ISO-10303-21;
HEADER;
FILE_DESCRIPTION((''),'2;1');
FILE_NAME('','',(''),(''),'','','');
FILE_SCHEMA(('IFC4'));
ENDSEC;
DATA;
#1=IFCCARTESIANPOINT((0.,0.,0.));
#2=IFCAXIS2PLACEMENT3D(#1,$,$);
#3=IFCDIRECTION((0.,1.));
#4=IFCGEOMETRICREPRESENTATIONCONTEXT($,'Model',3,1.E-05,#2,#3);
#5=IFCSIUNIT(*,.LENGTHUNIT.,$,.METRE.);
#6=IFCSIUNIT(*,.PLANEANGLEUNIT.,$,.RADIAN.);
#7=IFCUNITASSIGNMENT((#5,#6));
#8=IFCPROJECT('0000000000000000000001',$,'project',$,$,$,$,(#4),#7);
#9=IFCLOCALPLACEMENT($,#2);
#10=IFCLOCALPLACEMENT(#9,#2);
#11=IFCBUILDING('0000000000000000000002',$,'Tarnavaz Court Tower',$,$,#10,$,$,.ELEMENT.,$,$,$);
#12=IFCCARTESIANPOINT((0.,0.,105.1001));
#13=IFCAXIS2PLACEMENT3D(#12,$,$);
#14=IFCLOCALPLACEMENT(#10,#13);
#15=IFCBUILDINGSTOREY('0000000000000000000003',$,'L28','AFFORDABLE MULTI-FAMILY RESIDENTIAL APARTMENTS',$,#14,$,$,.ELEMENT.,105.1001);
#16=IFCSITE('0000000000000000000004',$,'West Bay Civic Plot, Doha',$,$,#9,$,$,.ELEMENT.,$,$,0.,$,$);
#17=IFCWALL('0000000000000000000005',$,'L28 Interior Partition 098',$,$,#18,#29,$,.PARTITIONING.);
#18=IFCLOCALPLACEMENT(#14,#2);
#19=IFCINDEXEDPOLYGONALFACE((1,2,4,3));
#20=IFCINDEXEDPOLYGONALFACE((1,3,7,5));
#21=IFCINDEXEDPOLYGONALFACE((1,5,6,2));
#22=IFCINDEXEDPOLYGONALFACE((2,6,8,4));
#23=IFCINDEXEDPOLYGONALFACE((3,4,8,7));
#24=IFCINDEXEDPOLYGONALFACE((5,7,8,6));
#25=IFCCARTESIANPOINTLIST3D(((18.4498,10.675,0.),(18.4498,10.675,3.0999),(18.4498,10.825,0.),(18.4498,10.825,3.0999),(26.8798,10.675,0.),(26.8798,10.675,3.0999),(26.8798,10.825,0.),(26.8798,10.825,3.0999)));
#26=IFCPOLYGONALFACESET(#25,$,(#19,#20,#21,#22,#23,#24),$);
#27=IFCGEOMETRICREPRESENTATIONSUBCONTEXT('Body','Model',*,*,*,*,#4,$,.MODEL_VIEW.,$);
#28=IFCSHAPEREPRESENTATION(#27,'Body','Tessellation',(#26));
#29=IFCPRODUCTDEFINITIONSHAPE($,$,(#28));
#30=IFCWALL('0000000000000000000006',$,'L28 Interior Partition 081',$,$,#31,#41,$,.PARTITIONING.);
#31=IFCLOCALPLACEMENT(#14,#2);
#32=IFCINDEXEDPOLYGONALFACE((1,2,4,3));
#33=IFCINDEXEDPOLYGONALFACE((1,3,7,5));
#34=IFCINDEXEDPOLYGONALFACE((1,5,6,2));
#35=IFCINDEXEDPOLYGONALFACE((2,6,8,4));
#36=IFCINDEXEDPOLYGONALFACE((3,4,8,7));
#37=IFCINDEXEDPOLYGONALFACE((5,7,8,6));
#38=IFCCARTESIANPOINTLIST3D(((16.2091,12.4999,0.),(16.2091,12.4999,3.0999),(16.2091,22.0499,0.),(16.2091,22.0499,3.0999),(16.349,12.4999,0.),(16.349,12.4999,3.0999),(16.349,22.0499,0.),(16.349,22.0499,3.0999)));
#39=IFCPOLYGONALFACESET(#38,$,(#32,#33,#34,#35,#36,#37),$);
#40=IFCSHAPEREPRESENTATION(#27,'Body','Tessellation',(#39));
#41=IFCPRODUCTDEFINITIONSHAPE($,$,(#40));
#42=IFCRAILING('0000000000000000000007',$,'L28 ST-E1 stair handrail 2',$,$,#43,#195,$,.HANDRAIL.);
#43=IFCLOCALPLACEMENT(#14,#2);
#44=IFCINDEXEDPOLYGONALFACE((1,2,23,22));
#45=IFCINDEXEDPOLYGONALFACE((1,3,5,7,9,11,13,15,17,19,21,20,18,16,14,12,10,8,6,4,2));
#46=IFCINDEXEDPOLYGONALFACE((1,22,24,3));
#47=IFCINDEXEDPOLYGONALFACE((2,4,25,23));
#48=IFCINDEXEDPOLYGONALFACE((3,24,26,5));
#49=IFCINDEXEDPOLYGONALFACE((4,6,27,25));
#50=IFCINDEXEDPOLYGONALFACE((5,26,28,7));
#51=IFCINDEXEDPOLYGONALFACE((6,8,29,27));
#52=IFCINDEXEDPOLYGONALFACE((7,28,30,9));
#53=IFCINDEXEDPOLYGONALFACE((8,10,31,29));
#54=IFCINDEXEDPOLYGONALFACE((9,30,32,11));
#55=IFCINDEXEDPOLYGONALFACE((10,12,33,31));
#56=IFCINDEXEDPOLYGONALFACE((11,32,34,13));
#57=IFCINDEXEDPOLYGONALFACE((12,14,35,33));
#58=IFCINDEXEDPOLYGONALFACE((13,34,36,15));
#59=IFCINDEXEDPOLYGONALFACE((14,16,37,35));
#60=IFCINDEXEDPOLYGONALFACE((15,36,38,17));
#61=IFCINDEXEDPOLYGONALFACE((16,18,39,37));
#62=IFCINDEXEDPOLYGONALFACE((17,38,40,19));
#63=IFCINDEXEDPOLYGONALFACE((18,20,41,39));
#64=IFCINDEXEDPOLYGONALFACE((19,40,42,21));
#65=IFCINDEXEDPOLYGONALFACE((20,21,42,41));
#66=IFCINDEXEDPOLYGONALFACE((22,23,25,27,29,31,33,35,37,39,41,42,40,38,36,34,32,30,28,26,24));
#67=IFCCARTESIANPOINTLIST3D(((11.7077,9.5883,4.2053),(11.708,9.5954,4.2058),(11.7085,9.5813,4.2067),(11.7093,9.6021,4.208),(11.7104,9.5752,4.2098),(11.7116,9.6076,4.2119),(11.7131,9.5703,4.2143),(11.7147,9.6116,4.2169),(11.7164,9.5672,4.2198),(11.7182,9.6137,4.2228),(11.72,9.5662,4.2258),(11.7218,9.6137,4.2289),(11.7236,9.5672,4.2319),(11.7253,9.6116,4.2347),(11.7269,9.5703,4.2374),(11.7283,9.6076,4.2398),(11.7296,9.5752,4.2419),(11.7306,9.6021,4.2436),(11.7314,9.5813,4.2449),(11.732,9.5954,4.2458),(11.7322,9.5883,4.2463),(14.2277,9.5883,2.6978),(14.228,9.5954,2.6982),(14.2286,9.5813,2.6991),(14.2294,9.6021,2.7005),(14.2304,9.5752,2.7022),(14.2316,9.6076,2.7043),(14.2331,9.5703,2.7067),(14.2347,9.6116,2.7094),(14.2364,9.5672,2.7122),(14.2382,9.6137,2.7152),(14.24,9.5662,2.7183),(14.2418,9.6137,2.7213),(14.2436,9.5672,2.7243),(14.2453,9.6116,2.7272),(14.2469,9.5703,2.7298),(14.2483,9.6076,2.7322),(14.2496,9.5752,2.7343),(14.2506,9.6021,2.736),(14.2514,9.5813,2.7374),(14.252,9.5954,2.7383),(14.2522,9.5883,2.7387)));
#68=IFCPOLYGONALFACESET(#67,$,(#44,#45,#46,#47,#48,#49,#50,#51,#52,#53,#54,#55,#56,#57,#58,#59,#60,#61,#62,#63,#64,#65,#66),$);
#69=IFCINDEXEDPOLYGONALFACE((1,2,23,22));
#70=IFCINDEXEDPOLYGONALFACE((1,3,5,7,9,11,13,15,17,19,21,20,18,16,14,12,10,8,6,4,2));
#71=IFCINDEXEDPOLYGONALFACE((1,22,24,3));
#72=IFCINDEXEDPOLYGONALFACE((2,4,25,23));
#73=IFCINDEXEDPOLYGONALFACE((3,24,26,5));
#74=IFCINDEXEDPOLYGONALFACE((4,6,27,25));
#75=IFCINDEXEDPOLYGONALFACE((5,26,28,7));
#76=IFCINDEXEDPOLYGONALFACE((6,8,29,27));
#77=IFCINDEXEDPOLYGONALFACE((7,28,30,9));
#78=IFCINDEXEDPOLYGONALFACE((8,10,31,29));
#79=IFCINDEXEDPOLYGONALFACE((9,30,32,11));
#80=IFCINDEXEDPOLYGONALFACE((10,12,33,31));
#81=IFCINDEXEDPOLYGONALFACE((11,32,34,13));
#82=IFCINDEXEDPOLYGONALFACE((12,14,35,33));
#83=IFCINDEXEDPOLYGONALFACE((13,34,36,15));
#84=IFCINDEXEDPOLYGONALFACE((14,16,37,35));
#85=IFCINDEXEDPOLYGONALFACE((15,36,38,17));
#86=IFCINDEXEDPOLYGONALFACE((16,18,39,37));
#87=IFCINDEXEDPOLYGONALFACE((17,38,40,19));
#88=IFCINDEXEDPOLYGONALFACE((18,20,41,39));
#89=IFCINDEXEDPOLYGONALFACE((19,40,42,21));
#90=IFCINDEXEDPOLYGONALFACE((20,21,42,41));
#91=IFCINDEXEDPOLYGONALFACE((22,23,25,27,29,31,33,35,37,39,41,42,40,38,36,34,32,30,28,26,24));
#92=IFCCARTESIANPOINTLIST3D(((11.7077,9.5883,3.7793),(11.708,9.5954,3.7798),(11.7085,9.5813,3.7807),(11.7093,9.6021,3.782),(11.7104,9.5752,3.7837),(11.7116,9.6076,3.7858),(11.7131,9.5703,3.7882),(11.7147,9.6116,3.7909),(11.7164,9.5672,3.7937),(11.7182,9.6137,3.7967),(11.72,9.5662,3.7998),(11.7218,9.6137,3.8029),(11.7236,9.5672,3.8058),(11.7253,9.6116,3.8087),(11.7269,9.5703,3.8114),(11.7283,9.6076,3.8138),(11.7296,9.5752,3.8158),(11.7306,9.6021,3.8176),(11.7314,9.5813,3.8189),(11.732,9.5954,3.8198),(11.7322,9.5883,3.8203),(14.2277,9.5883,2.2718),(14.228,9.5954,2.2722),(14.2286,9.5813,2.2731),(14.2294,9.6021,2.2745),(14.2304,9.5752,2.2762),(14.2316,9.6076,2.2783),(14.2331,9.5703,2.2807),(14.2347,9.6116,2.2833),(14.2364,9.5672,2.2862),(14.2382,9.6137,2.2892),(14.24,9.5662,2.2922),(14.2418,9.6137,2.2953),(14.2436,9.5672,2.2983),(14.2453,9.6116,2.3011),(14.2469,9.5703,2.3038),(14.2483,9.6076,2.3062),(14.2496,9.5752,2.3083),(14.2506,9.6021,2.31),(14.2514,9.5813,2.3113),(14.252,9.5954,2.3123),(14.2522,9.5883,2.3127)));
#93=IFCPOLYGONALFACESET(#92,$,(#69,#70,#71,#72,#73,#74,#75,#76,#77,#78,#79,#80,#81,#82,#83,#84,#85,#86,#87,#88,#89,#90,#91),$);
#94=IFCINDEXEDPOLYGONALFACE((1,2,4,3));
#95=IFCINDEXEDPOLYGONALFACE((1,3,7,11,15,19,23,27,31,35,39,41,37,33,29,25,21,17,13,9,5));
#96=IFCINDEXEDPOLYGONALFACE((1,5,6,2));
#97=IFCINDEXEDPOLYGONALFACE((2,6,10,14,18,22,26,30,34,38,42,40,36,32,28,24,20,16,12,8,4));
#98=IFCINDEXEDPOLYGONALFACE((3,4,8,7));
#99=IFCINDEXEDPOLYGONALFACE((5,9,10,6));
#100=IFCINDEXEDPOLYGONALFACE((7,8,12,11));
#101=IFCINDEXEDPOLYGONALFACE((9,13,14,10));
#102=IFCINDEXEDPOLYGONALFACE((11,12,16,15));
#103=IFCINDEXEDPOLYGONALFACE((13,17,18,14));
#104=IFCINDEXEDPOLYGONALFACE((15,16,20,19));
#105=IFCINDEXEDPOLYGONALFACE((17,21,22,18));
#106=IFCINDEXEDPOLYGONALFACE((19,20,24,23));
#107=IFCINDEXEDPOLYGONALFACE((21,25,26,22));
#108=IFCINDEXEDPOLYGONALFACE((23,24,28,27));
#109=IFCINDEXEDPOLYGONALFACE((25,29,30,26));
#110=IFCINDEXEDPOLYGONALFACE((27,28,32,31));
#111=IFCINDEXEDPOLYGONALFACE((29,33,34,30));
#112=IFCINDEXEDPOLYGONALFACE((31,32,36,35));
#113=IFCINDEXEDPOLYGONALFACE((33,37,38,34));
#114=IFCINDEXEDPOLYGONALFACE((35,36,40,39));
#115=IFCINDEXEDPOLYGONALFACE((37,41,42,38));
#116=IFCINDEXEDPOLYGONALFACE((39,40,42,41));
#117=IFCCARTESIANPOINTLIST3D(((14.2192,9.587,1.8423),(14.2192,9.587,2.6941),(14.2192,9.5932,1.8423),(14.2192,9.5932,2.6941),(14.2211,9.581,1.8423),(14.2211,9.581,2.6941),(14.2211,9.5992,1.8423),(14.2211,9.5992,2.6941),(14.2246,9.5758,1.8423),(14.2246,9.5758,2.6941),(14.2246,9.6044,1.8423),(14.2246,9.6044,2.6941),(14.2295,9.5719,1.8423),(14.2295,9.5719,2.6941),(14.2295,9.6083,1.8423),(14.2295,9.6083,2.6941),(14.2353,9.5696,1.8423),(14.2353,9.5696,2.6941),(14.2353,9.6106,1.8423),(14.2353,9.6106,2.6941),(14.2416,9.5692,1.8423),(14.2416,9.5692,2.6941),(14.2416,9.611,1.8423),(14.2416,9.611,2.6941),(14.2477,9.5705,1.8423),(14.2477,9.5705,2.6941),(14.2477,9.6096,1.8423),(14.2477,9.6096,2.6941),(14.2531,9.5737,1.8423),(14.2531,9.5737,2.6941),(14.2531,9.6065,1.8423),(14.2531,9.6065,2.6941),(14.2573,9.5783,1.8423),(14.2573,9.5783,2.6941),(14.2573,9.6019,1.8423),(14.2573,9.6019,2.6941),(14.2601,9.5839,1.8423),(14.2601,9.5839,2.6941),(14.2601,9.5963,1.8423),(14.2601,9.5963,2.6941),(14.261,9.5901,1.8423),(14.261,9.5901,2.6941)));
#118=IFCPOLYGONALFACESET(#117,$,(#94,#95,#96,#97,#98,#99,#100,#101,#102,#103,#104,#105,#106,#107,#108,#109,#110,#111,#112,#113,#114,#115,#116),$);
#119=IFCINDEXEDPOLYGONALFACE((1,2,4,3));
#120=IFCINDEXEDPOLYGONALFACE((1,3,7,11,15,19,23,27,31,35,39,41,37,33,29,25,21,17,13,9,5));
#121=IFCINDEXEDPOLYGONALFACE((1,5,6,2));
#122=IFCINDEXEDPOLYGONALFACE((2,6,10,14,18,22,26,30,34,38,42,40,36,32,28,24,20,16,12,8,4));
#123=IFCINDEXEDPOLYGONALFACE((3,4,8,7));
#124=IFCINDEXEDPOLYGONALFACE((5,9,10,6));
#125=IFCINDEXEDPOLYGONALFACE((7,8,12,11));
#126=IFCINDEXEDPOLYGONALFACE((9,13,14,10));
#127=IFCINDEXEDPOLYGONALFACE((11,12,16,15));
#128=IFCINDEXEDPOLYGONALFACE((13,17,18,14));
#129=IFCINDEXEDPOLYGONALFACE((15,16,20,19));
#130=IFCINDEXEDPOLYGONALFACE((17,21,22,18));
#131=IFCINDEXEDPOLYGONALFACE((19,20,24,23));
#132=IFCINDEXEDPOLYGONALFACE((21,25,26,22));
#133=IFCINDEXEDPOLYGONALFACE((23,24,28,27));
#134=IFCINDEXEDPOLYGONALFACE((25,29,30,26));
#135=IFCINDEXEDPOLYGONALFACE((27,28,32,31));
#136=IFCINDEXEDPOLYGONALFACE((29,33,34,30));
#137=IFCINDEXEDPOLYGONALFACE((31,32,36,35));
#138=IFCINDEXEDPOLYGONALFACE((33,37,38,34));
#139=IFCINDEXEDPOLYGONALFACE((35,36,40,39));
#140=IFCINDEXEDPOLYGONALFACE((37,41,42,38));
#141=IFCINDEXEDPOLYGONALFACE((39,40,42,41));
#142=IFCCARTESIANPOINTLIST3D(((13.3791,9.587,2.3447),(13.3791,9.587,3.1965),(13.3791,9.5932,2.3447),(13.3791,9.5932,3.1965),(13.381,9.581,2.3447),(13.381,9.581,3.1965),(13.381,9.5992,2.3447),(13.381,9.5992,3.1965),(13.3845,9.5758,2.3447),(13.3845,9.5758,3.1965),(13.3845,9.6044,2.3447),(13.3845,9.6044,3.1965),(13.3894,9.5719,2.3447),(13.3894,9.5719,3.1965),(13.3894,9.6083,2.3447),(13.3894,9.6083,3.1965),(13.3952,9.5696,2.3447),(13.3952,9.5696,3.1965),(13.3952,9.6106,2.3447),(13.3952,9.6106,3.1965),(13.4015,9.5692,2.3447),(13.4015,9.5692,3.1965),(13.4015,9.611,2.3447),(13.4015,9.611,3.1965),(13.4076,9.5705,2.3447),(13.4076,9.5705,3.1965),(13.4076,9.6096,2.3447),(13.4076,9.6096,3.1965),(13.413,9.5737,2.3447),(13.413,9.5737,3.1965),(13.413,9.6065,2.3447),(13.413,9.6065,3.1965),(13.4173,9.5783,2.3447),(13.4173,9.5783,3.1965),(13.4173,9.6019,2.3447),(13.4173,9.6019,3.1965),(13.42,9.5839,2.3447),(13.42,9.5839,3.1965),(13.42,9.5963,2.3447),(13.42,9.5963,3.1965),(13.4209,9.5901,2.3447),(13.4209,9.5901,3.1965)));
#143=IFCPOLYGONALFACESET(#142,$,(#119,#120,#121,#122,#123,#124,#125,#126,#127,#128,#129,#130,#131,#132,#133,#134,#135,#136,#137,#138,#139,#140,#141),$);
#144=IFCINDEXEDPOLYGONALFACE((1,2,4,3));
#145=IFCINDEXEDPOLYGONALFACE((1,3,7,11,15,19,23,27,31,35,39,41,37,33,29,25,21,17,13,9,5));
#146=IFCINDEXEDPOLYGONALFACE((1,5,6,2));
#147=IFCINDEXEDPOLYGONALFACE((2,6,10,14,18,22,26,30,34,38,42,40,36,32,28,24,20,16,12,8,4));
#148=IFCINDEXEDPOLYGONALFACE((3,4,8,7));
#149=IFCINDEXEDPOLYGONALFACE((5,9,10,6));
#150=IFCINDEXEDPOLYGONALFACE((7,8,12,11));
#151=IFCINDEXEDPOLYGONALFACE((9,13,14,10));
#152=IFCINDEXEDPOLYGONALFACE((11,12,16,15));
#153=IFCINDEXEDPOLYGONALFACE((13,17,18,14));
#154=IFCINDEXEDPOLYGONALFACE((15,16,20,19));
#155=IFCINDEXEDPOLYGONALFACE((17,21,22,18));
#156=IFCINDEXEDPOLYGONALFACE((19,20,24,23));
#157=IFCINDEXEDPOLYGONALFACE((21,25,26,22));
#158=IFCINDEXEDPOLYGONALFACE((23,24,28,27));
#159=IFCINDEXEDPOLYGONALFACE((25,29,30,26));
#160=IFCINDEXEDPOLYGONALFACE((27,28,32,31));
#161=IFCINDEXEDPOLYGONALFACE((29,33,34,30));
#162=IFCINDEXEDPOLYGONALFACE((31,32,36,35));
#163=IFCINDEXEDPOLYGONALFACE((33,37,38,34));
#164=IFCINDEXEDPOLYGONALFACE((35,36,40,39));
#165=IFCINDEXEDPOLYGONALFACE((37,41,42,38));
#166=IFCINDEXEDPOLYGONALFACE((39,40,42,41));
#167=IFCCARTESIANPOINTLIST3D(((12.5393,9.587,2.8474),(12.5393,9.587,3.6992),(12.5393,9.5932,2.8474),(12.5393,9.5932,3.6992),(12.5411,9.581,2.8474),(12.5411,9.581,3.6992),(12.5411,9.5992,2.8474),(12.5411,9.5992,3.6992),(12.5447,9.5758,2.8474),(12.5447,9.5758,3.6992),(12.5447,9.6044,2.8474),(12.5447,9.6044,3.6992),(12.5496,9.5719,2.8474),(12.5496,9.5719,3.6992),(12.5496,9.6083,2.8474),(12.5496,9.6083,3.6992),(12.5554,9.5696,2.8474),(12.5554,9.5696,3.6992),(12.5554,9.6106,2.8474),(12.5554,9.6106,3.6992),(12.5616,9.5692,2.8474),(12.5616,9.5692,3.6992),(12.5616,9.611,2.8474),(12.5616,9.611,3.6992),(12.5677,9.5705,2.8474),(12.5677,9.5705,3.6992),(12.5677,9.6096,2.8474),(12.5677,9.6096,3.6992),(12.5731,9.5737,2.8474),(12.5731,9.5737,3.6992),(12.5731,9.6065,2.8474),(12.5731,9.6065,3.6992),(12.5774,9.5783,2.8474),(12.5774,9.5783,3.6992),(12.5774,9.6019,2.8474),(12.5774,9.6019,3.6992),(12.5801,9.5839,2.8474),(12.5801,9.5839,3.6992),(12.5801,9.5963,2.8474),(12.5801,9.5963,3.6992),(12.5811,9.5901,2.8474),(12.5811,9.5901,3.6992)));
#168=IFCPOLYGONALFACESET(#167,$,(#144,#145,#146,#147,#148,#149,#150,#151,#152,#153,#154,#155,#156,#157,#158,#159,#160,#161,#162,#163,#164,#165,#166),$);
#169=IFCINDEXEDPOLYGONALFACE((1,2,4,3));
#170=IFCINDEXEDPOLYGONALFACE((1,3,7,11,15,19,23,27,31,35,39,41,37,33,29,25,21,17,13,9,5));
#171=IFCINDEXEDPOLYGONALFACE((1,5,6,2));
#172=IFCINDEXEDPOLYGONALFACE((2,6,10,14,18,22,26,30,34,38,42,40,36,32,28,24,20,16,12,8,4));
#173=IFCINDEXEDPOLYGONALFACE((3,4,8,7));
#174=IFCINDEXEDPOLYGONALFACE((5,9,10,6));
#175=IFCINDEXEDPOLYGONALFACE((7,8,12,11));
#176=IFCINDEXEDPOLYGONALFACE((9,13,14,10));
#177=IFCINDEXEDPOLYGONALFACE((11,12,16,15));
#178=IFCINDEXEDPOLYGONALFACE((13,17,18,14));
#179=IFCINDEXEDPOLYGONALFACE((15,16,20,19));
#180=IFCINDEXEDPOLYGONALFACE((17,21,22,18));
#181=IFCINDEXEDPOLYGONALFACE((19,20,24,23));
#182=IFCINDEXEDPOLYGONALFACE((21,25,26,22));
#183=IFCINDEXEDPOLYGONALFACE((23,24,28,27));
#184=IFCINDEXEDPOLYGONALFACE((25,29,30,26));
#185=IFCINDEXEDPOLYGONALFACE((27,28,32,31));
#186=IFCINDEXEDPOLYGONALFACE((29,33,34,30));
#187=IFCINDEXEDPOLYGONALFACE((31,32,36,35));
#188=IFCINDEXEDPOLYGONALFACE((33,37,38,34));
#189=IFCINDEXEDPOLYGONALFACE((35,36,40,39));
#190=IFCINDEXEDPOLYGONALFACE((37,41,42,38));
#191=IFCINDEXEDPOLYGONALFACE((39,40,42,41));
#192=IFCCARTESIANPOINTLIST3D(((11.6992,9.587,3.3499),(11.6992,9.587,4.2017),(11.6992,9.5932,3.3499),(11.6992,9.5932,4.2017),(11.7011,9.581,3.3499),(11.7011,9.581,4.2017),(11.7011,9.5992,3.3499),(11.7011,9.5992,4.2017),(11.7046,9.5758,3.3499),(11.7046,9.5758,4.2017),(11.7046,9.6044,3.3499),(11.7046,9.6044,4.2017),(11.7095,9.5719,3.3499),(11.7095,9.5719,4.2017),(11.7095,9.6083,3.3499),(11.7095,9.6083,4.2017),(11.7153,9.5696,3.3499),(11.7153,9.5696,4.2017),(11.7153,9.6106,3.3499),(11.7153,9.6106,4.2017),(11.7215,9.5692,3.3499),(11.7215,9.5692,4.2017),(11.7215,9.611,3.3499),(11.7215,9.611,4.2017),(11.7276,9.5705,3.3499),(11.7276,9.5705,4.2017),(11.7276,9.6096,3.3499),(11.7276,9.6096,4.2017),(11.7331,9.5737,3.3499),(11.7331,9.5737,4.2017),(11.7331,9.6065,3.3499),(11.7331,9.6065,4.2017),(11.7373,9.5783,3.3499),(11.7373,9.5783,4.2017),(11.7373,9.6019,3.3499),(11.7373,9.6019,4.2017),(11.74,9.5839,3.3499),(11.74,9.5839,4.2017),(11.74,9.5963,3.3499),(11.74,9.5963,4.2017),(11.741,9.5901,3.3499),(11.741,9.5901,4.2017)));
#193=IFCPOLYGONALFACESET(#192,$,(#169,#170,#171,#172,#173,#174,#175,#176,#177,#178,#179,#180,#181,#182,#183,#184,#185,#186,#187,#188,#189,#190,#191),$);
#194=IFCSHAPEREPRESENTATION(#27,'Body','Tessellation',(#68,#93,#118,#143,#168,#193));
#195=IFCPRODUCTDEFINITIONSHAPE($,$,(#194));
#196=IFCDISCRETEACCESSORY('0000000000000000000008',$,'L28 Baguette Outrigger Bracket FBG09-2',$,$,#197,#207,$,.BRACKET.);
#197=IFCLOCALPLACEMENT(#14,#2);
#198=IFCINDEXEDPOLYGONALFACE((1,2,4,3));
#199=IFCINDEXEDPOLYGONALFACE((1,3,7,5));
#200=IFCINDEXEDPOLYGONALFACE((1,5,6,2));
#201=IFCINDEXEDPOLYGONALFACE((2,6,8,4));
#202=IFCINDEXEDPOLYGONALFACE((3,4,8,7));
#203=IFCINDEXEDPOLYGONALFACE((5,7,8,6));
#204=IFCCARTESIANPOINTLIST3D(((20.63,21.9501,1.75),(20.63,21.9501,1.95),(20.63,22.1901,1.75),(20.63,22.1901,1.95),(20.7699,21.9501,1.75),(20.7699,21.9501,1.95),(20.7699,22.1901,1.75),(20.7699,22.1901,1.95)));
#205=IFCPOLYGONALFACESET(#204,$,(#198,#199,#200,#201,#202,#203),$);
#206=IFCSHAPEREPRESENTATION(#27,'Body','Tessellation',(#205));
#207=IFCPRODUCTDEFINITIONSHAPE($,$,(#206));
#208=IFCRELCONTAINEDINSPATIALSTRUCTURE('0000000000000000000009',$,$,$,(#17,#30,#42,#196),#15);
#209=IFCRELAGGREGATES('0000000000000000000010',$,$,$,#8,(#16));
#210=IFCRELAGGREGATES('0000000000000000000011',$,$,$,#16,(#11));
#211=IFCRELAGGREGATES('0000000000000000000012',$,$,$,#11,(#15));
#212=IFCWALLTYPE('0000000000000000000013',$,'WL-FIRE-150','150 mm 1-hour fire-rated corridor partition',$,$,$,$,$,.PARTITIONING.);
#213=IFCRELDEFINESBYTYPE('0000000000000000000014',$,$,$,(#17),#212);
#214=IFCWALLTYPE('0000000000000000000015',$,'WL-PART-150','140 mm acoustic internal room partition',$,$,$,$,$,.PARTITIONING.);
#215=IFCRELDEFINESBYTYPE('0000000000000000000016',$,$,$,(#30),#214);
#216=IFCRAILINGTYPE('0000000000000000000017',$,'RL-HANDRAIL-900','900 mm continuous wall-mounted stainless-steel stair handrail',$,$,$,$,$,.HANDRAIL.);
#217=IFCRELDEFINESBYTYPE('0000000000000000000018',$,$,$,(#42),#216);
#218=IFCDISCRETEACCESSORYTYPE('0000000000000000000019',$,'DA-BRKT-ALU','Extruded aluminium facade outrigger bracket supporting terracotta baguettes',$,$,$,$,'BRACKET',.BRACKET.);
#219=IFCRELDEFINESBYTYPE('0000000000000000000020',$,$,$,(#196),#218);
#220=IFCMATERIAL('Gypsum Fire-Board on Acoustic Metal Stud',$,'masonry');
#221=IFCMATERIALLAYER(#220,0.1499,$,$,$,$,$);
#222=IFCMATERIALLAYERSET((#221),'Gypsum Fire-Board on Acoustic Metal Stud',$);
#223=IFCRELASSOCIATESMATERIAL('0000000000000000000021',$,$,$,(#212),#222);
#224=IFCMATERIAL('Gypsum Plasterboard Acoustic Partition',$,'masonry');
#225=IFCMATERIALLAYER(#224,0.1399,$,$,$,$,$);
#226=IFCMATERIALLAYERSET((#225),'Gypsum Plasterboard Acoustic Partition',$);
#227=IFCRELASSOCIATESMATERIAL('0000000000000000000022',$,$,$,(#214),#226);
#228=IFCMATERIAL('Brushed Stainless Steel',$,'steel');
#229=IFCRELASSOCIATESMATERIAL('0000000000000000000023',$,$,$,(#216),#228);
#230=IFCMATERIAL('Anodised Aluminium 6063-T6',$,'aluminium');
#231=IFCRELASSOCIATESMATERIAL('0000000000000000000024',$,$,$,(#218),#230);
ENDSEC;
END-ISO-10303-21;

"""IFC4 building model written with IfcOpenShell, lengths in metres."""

from ifc_helpers import new_model, si_unit, direction, frame, frame_2d, origin, origin_2d, place, context, subcontext, project, spatial, rectangle, circle, extrude, material, layer, layer_set, type_object, element, save


model = new_model("IFC4")

# Units and contexts
model_context = context("Model", 3, precision=1e-05, world=origin(), true_north=direction((0.0, 1.0)))
body_context = subcontext(model_context, "Body", "Model", "MODEL_VIEW")
ifc_project = project(units=[si_unit("LENGTHUNIT", "METRE"), si_unit("PLANEANGLEUNIT", "RADIAN")], contexts=[model_context])

# Site, building, storey
site_placement = place(None, origin())
site = spatial("IfcSite", under=ifc_project, at=site_placement, Name="West Bay Civic Plot, Doha", CompositionType="ELEMENT", RefElevation=0.0)
building_placement = place(site_placement, origin())
building = spatial("IfcBuilding", under=site, at=building_placement, Name="Tarnavaz Court Tower", CompositionType="ELEMENT")
storey_placement = place(building_placement, frame((0.0, 0.0, 105.1001)))
storey = spatial("IfcBuildingStorey", under=building, at=storey_placement, Name="L28", Description="AFFORDABLE MULTI-FAMILY RESIDENTIAL APARTMENTS", CompositionType="ELEMENT", Elevation=105.1001)

# Walls
ifc_material_1 = material(Name="Gypsum Fire-Board on Acoustic Metal Stud", Category="masonry")
ifc_layer_1 = layer(ifc_material_1, 0.1499)
ifc_layer_set_1 = layer_set([ifc_layer_1], Name="Gypsum Fire-Board on Acoustic Metal Stud")
wall_type_1 = type_object("IfcWallType", Name="WL-FIRE-150", Description="150 mm 1-hour fire-rated corridor partition", PredefinedType="PARTITIONING", material=ifc_layer_set_1)
wall_1_placement = place(storey_placement, frame((18.45, 10.75, 0.0), z_axis=(0.0, 0.0, 1.0), x_axis=(1.0, 0.0, 0.0)))
element("IfcWall", 1, at=wall_1_placement, inside=storey, type_object=wall_type_1, Name="L28 Interior Partition 098", PredefinedType="PARTITIONING", context=body_context, shape_type="SweptSolid", body=[
    extrude(rectangle(XDim=8.4299, YDim=0.1499, at=frame_2d((4.2148, 0.0))), origin(), (0.0, 0.0, 1.0), 3.0999),
])
ifc_material_2 = material(Name="Gypsum Plasterboard Acoustic Partition", Category="masonry")
ifc_layer_2 = layer(ifc_material_2, 0.1399)
ifc_layer_set_2 = layer_set([ifc_layer_2], Name="Gypsum Plasterboard Acoustic Partition")
wall_type_2 = type_object("IfcWallType", Name="WL-PART-150", Description="140 mm acoustic internal room partition", PredefinedType="PARTITIONING", material=ifc_layer_set_2)
wall_2_placement = place(storey_placement, frame((16.2791, 12.5, 0.0), z_axis=(0.0, 0.0, 1.0), x_axis=(0.0, 1.0, 0.0)))
element("IfcWall", 2, at=wall_2_placement, inside=storey, type_object=wall_type_2, Name="L28 Interior Partition 081", PredefinedType="PARTITIONING", context=body_context, shape_type="SweptSolid", body=[
    extrude(rectangle(XDim=9.55, YDim=0.1399, at=frame_2d((4.7749, 0.0))), origin(), (0.0, 0.0, 1.0), 3.0999),
])

# Railing
ifc_material_3 = material(Name="Brushed Stainless Steel", Category="steel")
railing_type = type_object("IfcRailingType", Name="RL-HANDRAIL-900", Description="900 mm continuous wall-mounted stainless-steel stair handrail", PredefinedType="HANDRAIL", material=ifc_material_3)
railing_placement = place(storey_placement, frame((14.24, 9.5901, 1.8423)))
element("IfcRailing", 3, at=railing_placement, inside=storey, type_object=railing_type, Name="L28 ST-E1 stair handrail 2", PredefinedType="HANDRAIL", context=body_context, shape_type="SweptSolid", body=[
    extrude(circle(Radius=0.0239, at=origin_2d()), frame((0.0, 0.0, 0.876), z_axis=(-0.85816, 0.0, 0.513383), x_axis=(0.0, -1.0, 0.0)), (0.0, 0.0, 1.0), 2.9365),
    extrude(circle(Radius=0.0239, at=origin_2d()), frame((0.0, 0.0, 0.45), z_axis=(-0.85816, 0.0, 0.513383), x_axis=(0.0, -1.0, 0.0)), (0.0, 0.0, 1.0), 2.9365),
    extrude(circle(Radius=0.021, at=origin_2d()), origin(), (0.0, 0.0, 1.0), 0.8518),
    extrude(circle(Radius=0.021, at=origin_2d()), frame((-0.8401, 0.0, 0.5024)), (0.0, 0.0, 1.0), 0.8518),
    extrude(circle(Radius=0.021, at=origin_2d()), frame((-1.6799, 0.0, 1.0051)), (0.0, 0.0, 1.0), 0.8518),
    extrude(circle(Radius=0.021, at=origin_2d()), frame((-2.52, 0.0, 1.5076)), (0.0, 0.0, 1.0), 0.8518),
])

# Discrete accessory
ifc_material_4 = material(Name="Anodised Aluminium 6063-T6", Category="aluminium")
discrete_accessory_type = type_object("IfcDiscreteAccessoryType", Name="DA-BRKT-ALU", Description="Extruded aluminium facade outrigger bracket supporting terracotta baguettes", ElementType="BRACKET", PredefinedType="BRACKET", material=ifc_material_4)
discrete_accessory_placement = place(storey_placement, frame((20.7, 22.0701, 1.75), z_axis=(0.0, 0.0, 1.0), x_axis=(1.0, 0.0, 0.0)))
element("IfcDiscreteAccessory", 4, at=discrete_accessory_placement, inside=storey, type_object=discrete_accessory_type, Name="L28 Baguette Outrigger Bracket FBG09-2", PredefinedType="BRACKET", context=body_context, shape_type="SweptSolid", body=[
    extrude(rectangle(XDim=0.1399, YDim=0.24, at=origin_2d()), origin(), (0.0, 0.0, 1.0), 0.2),
])

save(model, "model.ifc")
